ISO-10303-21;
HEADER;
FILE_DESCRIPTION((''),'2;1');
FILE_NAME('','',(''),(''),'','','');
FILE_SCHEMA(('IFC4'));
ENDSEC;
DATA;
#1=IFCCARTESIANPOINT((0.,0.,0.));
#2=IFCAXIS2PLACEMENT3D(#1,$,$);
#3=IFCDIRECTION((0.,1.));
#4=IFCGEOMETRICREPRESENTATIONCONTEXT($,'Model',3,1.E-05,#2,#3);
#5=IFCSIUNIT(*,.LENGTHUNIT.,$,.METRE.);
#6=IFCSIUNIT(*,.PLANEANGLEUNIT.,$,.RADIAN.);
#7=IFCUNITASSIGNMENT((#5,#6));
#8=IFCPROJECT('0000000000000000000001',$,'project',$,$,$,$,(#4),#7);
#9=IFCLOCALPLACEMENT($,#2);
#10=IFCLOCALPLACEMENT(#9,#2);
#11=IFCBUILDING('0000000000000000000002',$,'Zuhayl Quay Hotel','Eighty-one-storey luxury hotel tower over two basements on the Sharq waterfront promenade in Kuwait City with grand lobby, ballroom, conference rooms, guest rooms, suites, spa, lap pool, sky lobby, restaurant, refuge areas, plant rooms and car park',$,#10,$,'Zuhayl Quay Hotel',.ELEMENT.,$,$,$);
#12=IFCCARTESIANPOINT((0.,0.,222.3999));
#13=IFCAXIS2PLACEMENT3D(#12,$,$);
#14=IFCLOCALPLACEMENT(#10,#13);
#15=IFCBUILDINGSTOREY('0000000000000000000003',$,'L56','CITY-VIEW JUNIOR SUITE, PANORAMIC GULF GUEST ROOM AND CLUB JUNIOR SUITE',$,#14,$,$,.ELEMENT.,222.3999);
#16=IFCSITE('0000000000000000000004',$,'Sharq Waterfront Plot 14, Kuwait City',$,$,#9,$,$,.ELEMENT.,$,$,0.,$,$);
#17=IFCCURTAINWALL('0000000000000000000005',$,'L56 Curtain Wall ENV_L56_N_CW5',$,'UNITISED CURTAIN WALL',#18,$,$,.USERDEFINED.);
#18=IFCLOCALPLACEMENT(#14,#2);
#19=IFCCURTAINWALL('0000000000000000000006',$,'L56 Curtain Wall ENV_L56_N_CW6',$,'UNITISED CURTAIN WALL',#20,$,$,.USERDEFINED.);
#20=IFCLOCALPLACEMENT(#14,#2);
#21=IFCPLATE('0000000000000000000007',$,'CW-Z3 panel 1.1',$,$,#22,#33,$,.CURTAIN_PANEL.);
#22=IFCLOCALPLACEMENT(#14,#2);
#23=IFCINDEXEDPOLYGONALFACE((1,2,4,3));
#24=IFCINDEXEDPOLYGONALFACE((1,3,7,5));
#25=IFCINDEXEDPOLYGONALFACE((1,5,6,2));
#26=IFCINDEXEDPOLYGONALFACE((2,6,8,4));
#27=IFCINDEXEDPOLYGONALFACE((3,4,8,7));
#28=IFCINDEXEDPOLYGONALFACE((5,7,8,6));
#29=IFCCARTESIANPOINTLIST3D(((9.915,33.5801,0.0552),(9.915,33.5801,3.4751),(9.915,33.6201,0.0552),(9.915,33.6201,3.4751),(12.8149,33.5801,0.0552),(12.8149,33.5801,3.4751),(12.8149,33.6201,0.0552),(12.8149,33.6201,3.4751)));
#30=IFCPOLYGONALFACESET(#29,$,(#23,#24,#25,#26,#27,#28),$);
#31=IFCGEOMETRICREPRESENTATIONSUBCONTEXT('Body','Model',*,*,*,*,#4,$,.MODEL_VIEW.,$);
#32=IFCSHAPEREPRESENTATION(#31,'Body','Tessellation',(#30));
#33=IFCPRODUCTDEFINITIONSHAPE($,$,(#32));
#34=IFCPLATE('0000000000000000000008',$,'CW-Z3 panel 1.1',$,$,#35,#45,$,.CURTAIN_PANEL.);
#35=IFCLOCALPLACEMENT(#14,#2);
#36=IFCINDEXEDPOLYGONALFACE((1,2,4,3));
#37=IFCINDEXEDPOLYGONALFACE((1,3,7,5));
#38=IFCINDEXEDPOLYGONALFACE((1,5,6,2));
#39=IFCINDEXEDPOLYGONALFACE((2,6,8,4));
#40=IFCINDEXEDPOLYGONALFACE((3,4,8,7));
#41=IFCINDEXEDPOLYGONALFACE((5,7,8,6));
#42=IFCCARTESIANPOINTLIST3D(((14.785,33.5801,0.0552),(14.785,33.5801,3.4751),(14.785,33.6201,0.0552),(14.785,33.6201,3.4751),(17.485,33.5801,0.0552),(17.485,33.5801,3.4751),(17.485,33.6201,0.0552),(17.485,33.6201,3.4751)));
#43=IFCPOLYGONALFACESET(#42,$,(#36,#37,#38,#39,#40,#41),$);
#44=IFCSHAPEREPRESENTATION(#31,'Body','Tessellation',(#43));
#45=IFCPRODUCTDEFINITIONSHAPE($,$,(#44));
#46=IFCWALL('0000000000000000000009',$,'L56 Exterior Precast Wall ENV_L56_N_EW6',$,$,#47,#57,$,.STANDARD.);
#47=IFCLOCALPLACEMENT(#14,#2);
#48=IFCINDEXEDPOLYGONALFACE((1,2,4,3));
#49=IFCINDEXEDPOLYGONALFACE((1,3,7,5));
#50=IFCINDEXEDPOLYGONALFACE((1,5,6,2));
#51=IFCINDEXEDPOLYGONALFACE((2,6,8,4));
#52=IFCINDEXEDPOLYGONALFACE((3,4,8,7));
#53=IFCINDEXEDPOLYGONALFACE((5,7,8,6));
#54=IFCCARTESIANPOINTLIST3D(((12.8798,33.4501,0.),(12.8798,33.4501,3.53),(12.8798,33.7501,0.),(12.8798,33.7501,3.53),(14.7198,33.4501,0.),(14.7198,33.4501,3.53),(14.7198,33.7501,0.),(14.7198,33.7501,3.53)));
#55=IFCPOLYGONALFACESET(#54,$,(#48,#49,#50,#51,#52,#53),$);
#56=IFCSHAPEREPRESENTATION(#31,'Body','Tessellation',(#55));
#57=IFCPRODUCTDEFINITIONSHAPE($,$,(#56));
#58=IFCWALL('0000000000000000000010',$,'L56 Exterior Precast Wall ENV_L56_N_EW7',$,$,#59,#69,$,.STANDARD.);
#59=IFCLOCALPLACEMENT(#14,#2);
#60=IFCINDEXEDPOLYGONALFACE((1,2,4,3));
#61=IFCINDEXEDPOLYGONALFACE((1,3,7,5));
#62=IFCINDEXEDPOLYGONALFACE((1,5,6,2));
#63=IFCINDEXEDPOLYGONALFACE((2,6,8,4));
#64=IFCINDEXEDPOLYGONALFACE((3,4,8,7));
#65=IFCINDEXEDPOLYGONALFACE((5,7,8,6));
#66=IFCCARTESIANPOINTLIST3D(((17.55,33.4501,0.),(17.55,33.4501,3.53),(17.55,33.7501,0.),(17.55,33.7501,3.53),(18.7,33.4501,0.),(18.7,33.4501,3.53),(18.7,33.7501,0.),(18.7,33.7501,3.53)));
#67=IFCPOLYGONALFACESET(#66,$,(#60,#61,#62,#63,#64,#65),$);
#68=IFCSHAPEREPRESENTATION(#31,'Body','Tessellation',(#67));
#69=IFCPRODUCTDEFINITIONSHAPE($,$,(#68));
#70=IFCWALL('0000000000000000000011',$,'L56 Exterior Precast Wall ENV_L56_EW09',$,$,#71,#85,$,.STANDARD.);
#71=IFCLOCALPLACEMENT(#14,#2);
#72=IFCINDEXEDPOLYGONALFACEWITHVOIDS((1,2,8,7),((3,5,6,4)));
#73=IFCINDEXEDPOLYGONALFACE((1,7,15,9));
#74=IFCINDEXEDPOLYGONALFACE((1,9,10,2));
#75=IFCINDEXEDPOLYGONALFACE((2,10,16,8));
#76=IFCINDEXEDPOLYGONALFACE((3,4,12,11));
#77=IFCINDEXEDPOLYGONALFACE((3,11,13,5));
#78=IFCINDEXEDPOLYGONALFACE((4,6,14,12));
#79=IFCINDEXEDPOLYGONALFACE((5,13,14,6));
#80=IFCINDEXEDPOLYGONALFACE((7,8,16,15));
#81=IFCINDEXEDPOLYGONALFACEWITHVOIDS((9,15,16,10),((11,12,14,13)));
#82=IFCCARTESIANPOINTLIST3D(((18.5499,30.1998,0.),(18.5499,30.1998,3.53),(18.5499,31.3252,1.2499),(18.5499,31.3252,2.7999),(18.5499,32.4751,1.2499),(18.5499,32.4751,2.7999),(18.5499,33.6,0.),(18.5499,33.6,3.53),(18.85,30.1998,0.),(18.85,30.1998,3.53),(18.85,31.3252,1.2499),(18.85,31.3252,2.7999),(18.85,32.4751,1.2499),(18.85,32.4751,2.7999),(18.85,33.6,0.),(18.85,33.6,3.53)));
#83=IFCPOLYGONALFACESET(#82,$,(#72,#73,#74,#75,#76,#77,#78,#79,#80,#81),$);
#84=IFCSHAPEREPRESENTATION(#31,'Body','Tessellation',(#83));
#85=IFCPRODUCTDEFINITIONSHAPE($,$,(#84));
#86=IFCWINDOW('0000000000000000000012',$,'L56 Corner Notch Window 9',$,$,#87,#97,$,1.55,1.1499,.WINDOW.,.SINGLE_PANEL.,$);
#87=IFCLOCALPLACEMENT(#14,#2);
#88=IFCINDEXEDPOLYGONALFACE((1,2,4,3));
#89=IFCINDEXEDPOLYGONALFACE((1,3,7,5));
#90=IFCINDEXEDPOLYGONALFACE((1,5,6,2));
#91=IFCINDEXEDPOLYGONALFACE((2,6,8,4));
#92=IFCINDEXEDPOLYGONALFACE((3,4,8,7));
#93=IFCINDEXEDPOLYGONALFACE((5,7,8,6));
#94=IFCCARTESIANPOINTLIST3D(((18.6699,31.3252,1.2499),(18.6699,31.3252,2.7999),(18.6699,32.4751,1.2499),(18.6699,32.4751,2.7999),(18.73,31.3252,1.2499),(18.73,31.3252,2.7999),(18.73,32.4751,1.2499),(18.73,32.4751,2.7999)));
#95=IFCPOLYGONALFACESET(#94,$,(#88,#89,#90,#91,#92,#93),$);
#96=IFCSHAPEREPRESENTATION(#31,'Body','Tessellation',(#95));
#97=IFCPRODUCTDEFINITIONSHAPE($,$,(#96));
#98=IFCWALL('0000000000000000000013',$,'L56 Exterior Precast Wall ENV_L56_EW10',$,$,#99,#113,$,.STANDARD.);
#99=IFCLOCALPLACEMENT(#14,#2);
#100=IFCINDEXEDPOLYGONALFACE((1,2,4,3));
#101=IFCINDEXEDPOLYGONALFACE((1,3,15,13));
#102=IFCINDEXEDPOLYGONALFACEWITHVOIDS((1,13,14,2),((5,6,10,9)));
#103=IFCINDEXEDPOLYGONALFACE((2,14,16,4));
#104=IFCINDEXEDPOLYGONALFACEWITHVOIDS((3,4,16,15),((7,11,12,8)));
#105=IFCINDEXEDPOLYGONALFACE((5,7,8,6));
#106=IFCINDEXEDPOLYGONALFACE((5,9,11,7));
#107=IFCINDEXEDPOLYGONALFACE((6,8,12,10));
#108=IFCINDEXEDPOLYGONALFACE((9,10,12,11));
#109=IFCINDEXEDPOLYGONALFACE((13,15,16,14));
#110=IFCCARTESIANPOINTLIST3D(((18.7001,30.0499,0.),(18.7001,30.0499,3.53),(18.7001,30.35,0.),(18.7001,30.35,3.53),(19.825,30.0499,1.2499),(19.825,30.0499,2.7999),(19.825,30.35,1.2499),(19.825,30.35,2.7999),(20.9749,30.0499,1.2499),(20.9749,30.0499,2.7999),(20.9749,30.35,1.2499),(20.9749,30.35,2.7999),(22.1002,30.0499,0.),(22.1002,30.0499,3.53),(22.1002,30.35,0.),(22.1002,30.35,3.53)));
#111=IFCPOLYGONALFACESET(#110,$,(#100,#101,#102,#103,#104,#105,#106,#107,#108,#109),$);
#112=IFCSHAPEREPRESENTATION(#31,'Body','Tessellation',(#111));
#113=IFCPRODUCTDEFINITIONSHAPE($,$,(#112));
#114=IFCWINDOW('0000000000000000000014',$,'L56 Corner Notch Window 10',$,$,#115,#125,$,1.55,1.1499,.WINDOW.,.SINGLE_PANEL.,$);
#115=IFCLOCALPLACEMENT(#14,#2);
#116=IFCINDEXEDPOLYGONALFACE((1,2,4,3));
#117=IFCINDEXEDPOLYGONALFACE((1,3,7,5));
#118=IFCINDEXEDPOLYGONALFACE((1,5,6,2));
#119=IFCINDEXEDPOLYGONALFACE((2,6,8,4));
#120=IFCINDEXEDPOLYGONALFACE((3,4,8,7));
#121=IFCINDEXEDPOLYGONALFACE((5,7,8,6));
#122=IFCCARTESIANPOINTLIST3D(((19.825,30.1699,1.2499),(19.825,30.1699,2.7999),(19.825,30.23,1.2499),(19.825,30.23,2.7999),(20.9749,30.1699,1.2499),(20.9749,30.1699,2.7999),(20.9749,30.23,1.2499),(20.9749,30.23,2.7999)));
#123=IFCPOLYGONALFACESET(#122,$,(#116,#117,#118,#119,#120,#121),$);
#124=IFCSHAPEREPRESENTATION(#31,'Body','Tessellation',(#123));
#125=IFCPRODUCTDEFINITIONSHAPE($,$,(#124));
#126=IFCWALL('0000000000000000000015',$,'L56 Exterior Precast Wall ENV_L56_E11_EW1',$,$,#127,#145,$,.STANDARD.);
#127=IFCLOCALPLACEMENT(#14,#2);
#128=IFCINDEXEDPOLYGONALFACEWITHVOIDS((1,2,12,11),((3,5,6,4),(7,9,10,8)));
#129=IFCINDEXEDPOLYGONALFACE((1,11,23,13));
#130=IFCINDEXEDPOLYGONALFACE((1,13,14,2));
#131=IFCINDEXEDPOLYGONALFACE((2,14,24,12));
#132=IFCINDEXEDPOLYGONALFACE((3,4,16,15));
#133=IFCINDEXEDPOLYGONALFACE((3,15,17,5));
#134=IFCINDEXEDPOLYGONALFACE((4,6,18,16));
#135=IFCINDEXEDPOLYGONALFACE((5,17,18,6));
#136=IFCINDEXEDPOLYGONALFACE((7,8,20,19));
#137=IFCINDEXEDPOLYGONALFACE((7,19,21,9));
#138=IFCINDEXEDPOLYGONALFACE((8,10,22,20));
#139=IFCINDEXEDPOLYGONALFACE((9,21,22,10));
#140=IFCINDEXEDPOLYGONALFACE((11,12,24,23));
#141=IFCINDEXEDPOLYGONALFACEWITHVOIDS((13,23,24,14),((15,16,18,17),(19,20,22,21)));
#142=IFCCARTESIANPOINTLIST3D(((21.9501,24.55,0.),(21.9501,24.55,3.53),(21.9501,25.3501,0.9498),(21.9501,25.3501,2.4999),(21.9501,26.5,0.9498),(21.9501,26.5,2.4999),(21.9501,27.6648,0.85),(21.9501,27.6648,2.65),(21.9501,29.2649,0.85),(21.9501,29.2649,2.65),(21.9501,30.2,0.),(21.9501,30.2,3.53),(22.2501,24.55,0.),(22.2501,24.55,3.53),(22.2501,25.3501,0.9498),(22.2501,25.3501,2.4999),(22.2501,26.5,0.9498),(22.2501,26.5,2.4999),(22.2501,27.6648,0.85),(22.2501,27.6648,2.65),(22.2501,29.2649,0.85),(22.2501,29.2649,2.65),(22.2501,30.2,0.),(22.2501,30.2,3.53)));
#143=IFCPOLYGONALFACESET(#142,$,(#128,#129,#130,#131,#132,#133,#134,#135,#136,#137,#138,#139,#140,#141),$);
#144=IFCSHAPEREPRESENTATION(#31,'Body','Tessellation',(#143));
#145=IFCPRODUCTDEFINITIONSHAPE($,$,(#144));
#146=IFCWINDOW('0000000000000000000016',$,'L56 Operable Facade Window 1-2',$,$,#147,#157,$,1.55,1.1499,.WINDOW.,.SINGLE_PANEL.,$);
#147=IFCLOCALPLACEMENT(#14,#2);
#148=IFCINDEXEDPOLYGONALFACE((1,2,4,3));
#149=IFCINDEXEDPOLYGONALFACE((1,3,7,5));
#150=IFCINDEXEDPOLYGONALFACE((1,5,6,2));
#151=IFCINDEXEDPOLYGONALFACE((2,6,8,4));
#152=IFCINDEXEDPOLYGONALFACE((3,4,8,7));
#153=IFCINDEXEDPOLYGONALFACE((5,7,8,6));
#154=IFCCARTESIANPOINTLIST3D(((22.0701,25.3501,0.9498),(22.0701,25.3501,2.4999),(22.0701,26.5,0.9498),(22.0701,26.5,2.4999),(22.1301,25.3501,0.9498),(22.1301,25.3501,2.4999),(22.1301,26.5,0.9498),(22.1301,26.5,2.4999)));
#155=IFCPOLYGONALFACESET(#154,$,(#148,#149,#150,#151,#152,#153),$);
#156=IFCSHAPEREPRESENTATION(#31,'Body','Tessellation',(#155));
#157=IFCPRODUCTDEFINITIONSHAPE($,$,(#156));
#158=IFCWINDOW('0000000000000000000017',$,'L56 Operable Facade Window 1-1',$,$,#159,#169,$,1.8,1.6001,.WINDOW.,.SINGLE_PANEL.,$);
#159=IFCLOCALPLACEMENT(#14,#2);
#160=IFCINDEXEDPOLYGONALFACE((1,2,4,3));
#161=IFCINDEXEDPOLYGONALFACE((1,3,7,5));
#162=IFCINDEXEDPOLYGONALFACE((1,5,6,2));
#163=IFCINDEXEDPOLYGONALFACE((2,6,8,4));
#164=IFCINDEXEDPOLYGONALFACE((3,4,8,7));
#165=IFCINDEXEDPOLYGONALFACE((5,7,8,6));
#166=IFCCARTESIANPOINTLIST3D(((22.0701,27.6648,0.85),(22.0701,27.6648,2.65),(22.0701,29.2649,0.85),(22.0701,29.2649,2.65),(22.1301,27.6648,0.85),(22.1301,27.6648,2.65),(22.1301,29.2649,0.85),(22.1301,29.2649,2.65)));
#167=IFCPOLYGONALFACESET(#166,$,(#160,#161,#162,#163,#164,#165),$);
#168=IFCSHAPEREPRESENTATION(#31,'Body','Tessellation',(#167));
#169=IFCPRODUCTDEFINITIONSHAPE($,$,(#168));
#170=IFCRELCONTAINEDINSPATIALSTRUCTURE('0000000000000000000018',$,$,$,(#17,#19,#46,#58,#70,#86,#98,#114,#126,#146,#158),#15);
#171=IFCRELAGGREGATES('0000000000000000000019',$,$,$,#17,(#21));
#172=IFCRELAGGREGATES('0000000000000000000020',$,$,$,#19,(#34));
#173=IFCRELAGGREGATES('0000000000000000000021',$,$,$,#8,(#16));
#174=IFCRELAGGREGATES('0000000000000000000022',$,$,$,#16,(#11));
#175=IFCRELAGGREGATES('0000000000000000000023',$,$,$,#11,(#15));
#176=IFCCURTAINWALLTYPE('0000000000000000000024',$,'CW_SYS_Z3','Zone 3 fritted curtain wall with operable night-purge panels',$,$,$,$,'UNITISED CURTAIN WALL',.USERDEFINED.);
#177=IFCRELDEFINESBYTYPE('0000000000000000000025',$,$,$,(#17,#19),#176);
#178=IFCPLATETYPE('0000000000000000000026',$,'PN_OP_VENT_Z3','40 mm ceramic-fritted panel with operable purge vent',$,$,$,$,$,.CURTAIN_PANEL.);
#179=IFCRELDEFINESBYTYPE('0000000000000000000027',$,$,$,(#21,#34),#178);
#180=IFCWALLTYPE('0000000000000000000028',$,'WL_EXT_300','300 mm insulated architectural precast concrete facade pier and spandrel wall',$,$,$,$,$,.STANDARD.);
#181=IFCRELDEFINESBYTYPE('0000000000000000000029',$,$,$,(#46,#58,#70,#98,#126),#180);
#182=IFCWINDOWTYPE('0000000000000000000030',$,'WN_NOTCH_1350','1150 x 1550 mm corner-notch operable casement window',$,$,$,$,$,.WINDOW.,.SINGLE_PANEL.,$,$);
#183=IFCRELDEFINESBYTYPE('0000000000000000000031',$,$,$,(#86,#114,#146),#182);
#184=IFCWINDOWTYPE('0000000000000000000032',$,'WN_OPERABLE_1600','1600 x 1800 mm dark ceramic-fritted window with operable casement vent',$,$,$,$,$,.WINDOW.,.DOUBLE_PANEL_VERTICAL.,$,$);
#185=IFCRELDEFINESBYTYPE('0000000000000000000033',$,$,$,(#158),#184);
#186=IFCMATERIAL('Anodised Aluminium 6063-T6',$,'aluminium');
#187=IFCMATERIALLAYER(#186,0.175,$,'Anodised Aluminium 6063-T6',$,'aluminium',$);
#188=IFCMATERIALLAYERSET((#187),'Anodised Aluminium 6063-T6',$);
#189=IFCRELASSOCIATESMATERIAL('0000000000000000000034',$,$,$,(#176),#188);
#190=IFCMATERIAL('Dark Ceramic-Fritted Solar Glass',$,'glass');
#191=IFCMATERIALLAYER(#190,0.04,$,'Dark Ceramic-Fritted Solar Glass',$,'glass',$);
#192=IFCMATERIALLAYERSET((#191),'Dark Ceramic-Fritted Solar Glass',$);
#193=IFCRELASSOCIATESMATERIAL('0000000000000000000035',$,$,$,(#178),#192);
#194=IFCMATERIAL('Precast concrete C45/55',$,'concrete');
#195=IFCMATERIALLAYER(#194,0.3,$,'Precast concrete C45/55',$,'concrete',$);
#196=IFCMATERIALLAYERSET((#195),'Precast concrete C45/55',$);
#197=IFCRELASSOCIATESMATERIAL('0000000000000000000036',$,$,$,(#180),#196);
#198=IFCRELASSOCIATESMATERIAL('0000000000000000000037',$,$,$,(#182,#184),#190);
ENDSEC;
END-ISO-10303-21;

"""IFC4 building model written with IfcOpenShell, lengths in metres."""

from ifc_helpers import new_model, si_unit, direction, frame, frame_2d, origin, origin_2d, place, context, subcontext, project, spatial, rectangle, extrude, material, layer, layer_set, type_object, element, fill, aggregate, save


model = new_model("IFC4")

# Units and contexts
model_context = context("Model", 3, precision=1e-05, world=origin(), true_north=direction((0.0, 1.0)))
body_context = subcontext(model_context, "Body", "Model", "MODEL_VIEW")
ifc_project = project(units=[si_unit("LENGTHUNIT", "METRE"), si_unit("PLANEANGLEUNIT", "RADIAN")], contexts=[model_context])

# Site, building, storey
site_placement = place(None, origin())
site = spatial("IfcSite", under=ifc_project, at=site_placement, Name="Sharq Waterfront Plot 14, Kuwait City", CompositionType="ELEMENT", RefElevation=0.0)
building_placement = place(site_placement, origin())
building = spatial("IfcBuilding", under=site, at=building_placement, Name="Zuhayl Quay Hotel", Description="Eighty-one-storey luxury hotel tower over two basements on the Sharq waterfront promenade in Kuwait City with grand lobby, ballroom, conference rooms, guest rooms, suites, spa, lap pool, sky lobby, restaurant, refuge areas, plant rooms and car park", LongName="Zuhayl Quay Hotel", CompositionType="ELEMENT")
storey_placement = place(building_placement, frame((0.0, 0.0, 222.3999)))
storey = spatial("IfcBuildingStorey", under=building, at=storey_placement, Name="L56", Description="CITY-VIEW JUNIOR SUITE, PANORAMIC GULF GUEST ROOM AND CLUB JUNIOR SUITE", CompositionType="ELEMENT", Elevation=222.3999)

# Curtain walls
ifc_material_1 = material(Name="Anodised Aluminium 6063-T6", Category="aluminium")
ifc_layer_1 = layer(ifc_material_1, 0.175, Name="Anodised Aluminium 6063-T6", Category="aluminium")
ifc_layer_set_1 = layer_set([ifc_layer_1], Name="Anodised Aluminium 6063-T6")
curtain_wall_type = type_object("IfcCurtainWallType", Name="CW_SYS_Z3", Description="Zone 3 fritted curtain wall with operable night-purge panels", ElementType="UNITISED CURTAIN WALL", PredefinedType="USERDEFINED", material=ifc_layer_set_1)
curtain_wall_1_placement = place(storey_placement, origin())
curtain_wall_1 = element("IfcCurtainWall", 1, at=curtain_wall_1_placement, inside=storey, type_object=curtain_wall_type, Name="L56 Curtain Wall ENV_L56_N_CW5", ObjectType="UNITISED CURTAIN WALL", PredefinedType="USERDEFINED")
curtain_wall_2_placement = place(storey_placement, origin())
curtain_wall_2 = element("IfcCurtainWall", 2, at=curtain_wall_2_placement, inside=storey, type_object=curtain_wall_type, Name="L56 Curtain Wall ENV_L56_N_CW6", ObjectType="UNITISED CURTAIN WALL", PredefinedType="USERDEFINED")

# Plates
ifc_material_2 = material(Name="Dark Ceramic-Fritted Solar Glass", Category="glass")
ifc_layer_2 = layer(ifc_material_2, 0.04, Name="Dark Ceramic-Fritted Solar Glass", Category="glass")
ifc_layer_set_2 = layer_set([ifc_layer_2], Name="Dark Ceramic-Fritted Solar Glass")
plate_type = type_object("IfcPlateType", Name="PN_OP_VENT_Z3", Description="40 mm ceramic-fritted panel with operable purge vent", PredefinedType="CURTAIN_PANEL", material=ifc_layer_set_2)
plate_1_placement = place(storey_placement, frame((11.365, 33.6001, 0.0552), z_axis=(0.0, 0.0, 1.0), x_axis=(1.0, 0.0, 0.0)))
plate_1 = element("IfcPlate", 3, at=plate_1_placement, type_object=plate_type, Name="CW-Z3 panel 1.1", PredefinedType="CURTAIN_PANEL", context=body_context, shape_type="SweptSolid", body=[
    extrude(rectangle(XDim=2.8999, YDim=0.04, at=origin_2d()), origin(), (0.0, 0.0, 1.0), 3.4199),
])
aggregate(curtain_wall_1, [plate_1])
plate_2_placement = place(storey_placement, frame((16.135, 33.6001, 0.0552), z_axis=(0.0, 0.0, 1.0), x_axis=(1.0, 0.0, 0.0)))
plate_2 = element("IfcPlate", 4, at=plate_2_placement, type_object=plate_type, Name="CW-Z3 panel 1.1", PredefinedType="CURTAIN_PANEL", context=body_context, shape_type="SweptSolid", body=[
    extrude(rectangle(XDim=2.7, YDim=0.04, at=origin_2d()), origin(), (0.0, 0.0, 1.0), 3.4199),
])
aggregate(curtain_wall_2, [plate_2])

# Walls
ifc_material_3 = material(Name="Precast concrete C45/55", Category="concrete")
ifc_layer_3 = layer(ifc_material_3, 0.3, Name="Precast concrete C45/55", Category="concrete")
ifc_layer_set_3 = layer_set([ifc_layer_3], Name="Precast concrete C45/55")
wall_type_1 = type_object("IfcWallType", Name="WL_EXT_300", Description="300 mm insulated architectural precast concrete facade pier and spandrel wall", PredefinedType="STANDARD", material=ifc_layer_set_3)
wall_1_placement = place(storey_placement, frame((12.8799, 33.6001, 0.0), z_axis=(0.0, 0.0, 1.0), x_axis=(1.0, 0.0, 0.0)))
element("IfcWall", 5, at=wall_1_placement, inside=storey, type_object=wall_type_1, Name="L56 Exterior Precast Wall ENV_L56_N_EW6", PredefinedType="STANDARD", context=body_context, shape_type="SweptSolid", body=[
    extrude(rectangle(XDim=1.8401, YDim=0.3, at=frame_2d((0.9199, 0.0))), origin(), (0.0, 0.0, 1.0), 3.53),
])
wall_2_placement = place(storey_placement, frame((17.55, 33.6001, 0.0), z_axis=(0.0, 0.0, 1.0), x_axis=(1.0, 0.0, 0.0)))
element("IfcWall", 6, at=wall_2_placement, inside=storey, type_object=wall_type_1, Name="L56 Exterior Precast Wall ENV_L56_N_EW7", PredefinedType="STANDARD", context=body_context, shape_type="SweptSolid", body=[
    extrude(rectangle(XDim=1.1499, YDim=0.3, at=frame_2d((0.575, 0.0))), origin(), (0.0, 0.0, 1.0), 3.53),
])

# Walls, openings, windows
wall_3_placement = place(storey_placement, frame((18.7, 33.6001, 0.0), z_axis=(0.0, 0.0, 1.0), x_axis=(0.0, -1.0, 0.0)))
wall_3 = element("IfcWall", 7, at=wall_3_placement, inside=storey, type_object=wall_type_1, Name="L56 Exterior Precast Wall ENV_L56_EW09", PredefinedType="STANDARD", context=body_context, shape_type="SweptSolid", body=[
    extrude(rectangle(XDim=3.4001, YDim=0.3, at=frame_2d((1.7002, 0.0))), origin(), (0.0, 0.0, 1.0), 3.53),
])
opening_1_placement = place(wall_3_placement, frame((1.125, 0.0, 1.25)))
opening_1 = element("IfcOpeningElement", 8, at=opening_1_placement, cuts=wall_3, PredefinedType="OPENING", context=body_context, shape_type="SweptSolid", body=[
    extrude(rectangle(XDim=1.1499, YDim=1.55, at=frame_2d((0.575, 0.7749))), frame((0.0, 0.1599, 0.0), z_axis=(0.0, -1.0, 0.0), x_axis=(1.0, 0.0, 0.0)), (0.0, 0.0, 1.0), 0.3201),
])
window_type_1 = type_object("IfcWindowType", Name="WN_NOTCH_1350", Description="1150 x 1550 mm corner-notch operable casement window", PartitioningType="SINGLE_PANEL", PredefinedType="WINDOW", material=ifc_material_2)
window_1_placement = place(opening_1_placement, origin())
window_1 = element("IfcWindow", 9, at=window_1_placement, inside=storey, type_object=window_type_1, Name="L56 Corner Notch Window 9", OverallHeight=1.55, OverallWidth=1.1499, PartitioningType="SINGLE_PANEL", PredefinedType="WINDOW", context=body_context, shape_type="SweptSolid", body=[
    extrude(rectangle(XDim=1.1499, YDim=1.55, at=frame_2d((0.575, 0.7749))), frame((0.0, 0.03, 0.0), z_axis=(0.0, -1.0, 0.0), x_axis=(1.0, 0.0, 0.0)), (0.0, 0.0, 1.0), 0.0601),
])
fill(opening_1, window_1)
wall_4_placement = place(storey_placement, frame((18.7, 30.2, 0.0), z_axis=(0.0, 0.0, 1.0), x_axis=(1.0, 0.0, 0.0)))
wall_4 = element("IfcWall", 10, at=wall_4_placement, inside=storey, type_object=wall_type_1, Name="L56 Exterior Precast Wall ENV_L56_EW10", PredefinedType="STANDARD", context=body_context, shape_type="SweptSolid", body=[
    extrude(rectangle(XDim=3.4001, YDim=0.3, at=frame_2d((1.7002, 0.0))), origin(), (0.0, 0.0, 1.0), 3.53),
])
opening_2_placement = place(wall_4_placement, frame((1.125, 0.0, 1.25)))
opening_2 = element("IfcOpeningElement", 11, at=opening_2_placement, cuts=wall_4, PredefinedType="OPENING", context=body_context, shape_type="SweptSolid", body=[
    extrude(rectangle(XDim=1.1499, YDim=1.55, at=frame_2d((0.575, 0.7749))), frame((0.0, 0.1599, 0.0), z_axis=(0.0, -1.0, 0.0), x_axis=(1.0, 0.0, 0.0)), (0.0, 0.0, 1.0), 0.3201),
])
window_2_placement = place(opening_2_placement, origin())
window_2 = element("IfcWindow", 12, at=window_2_placement, inside=storey, type_object=window_type_1, Name="L56 Corner Notch Window 10", OverallHeight=1.55, OverallWidth=1.1499, PartitioningType="SINGLE_PANEL", PredefinedType="WINDOW", context=body_context, shape_type="SweptSolid", body=[
    extrude(rectangle(XDim=1.1499, YDim=1.55, at=frame_2d((0.575, 0.7749))), frame((0.0, 0.03, 0.0), z_axis=(0.0, -1.0, 0.0), x_axis=(1.0, 0.0, 0.0)), (0.0, 0.0, 1.0), 0.0601),
])
fill(opening_2, window_2)

# Wall, openings, windows
wall_5_placement = place(storey_placement, frame((22.1001, 30.2, 0.0), z_axis=(0.0, 0.0, 1.0), x_axis=(0.0, -1.0, 0.0)))
wall_5 = element("IfcWall", 13, at=wall_5_placement, inside=storey, type_object=wall_type_1, Name="L56 Exterior Precast Wall ENV_L56_E11_EW1", PredefinedType="STANDARD", context=body_context, shape_type="SweptSolid", body=[
    extrude(rectangle(XDim=5.6499, YDim=0.3, at=frame_2d((2.825, 0.0))), origin(), (0.0, 0.0, 1.0), 3.53),
])
opening_3_placement = place(wall_5_placement, frame((0.9351, 0.0, 0.8501)))
opening_3 = element("IfcOpeningElement", 14, at=opening_3_placement, cuts=wall_5, PredefinedType="OPENING", context=body_context, shape_type="SweptSolid", body=[
    extrude(rectangle(XDim=1.6001, YDim=1.8, at=frame_2d((0.8, 0.8999))), frame((0.0, 0.1599, 0.0), z_axis=(0.0, -1.0, 0.0), x_axis=(1.0, 0.0, 0.0)), (0.0, 0.0, 1.0), 0.3201),
])
opening_4_placement = place(wall_5_placement, frame((3.7, 0.0, 0.95)))
opening_4 = element("IfcOpeningElement", 15, at=opening_4_placement, cuts=wall_5, PredefinedType="OPENING", context=body_context, shape_type="SweptSolid", body=[
    extrude(rectangle(XDim=1.1499, YDim=1.55, at=frame_2d((0.575, 0.7749))), frame((0.0, 0.1599, 0.0), z_axis=(0.0, -1.0, 0.0), x_axis=(1.0, 0.0, 0.0)), (0.0, 0.0, 1.0), 0.3201),
])
window_3_placement = place(opening_4_placement, origin())
window_3 = element("IfcWindow", 16, at=window_3_placement, inside=storey, type_object=window_type_1, Name="L56 Operable Facade Window 1-2", OverallHeight=1.55, OverallWidth=1.1499, PartitioningType="SINGLE_PANEL", PredefinedType="WINDOW", context=body_context, shape_type="SweptSolid", body=[
    extrude(rectangle(XDim=1.1499, YDim=1.55, at=frame_2d((0.575, 0.7749))), frame((0.0, 0.03, 0.0), z_axis=(0.0, -1.0, 0.0), x_axis=(1.0, 0.0, 0.0)), (0.0, 0.0, 1.0), 0.0601),
])
fill(opening_4, window_3)
window_type_2 = type_object("IfcWindowType", Name="WN_OPERABLE_1600", Description="1600 x 1800 mm dark ceramic-fritted window with operable casement vent", PartitioningType="DOUBLE_PANEL_VERTICAL", PredefinedType="WINDOW", material=ifc_material_2)
window_4_placement = place(opening_3_placement, origin())
window_4 = element("IfcWindow", 17, at=window_4_placement, inside=storey, type_object=window_type_2, Name="L56 Operable Facade Window 1-1", OverallHeight=1.8, OverallWidth=1.6001, PartitioningType="SINGLE_PANEL", PredefinedType="WINDOW", context=body_context, shape_type="SweptSolid", body=[
    extrude(rectangle(XDim=1.6001, YDim=1.8, at=frame_2d((0.8, 0.8999))), frame((0.0, 0.03, 0.0), z_axis=(0.0, -1.0, 0.0), x_axis=(1.0, 0.0, 0.0)), (0.0, 0.0, 1.0), 0.0601),
])
fill(opening_3, window_4)

save(model, "model.ifc")
